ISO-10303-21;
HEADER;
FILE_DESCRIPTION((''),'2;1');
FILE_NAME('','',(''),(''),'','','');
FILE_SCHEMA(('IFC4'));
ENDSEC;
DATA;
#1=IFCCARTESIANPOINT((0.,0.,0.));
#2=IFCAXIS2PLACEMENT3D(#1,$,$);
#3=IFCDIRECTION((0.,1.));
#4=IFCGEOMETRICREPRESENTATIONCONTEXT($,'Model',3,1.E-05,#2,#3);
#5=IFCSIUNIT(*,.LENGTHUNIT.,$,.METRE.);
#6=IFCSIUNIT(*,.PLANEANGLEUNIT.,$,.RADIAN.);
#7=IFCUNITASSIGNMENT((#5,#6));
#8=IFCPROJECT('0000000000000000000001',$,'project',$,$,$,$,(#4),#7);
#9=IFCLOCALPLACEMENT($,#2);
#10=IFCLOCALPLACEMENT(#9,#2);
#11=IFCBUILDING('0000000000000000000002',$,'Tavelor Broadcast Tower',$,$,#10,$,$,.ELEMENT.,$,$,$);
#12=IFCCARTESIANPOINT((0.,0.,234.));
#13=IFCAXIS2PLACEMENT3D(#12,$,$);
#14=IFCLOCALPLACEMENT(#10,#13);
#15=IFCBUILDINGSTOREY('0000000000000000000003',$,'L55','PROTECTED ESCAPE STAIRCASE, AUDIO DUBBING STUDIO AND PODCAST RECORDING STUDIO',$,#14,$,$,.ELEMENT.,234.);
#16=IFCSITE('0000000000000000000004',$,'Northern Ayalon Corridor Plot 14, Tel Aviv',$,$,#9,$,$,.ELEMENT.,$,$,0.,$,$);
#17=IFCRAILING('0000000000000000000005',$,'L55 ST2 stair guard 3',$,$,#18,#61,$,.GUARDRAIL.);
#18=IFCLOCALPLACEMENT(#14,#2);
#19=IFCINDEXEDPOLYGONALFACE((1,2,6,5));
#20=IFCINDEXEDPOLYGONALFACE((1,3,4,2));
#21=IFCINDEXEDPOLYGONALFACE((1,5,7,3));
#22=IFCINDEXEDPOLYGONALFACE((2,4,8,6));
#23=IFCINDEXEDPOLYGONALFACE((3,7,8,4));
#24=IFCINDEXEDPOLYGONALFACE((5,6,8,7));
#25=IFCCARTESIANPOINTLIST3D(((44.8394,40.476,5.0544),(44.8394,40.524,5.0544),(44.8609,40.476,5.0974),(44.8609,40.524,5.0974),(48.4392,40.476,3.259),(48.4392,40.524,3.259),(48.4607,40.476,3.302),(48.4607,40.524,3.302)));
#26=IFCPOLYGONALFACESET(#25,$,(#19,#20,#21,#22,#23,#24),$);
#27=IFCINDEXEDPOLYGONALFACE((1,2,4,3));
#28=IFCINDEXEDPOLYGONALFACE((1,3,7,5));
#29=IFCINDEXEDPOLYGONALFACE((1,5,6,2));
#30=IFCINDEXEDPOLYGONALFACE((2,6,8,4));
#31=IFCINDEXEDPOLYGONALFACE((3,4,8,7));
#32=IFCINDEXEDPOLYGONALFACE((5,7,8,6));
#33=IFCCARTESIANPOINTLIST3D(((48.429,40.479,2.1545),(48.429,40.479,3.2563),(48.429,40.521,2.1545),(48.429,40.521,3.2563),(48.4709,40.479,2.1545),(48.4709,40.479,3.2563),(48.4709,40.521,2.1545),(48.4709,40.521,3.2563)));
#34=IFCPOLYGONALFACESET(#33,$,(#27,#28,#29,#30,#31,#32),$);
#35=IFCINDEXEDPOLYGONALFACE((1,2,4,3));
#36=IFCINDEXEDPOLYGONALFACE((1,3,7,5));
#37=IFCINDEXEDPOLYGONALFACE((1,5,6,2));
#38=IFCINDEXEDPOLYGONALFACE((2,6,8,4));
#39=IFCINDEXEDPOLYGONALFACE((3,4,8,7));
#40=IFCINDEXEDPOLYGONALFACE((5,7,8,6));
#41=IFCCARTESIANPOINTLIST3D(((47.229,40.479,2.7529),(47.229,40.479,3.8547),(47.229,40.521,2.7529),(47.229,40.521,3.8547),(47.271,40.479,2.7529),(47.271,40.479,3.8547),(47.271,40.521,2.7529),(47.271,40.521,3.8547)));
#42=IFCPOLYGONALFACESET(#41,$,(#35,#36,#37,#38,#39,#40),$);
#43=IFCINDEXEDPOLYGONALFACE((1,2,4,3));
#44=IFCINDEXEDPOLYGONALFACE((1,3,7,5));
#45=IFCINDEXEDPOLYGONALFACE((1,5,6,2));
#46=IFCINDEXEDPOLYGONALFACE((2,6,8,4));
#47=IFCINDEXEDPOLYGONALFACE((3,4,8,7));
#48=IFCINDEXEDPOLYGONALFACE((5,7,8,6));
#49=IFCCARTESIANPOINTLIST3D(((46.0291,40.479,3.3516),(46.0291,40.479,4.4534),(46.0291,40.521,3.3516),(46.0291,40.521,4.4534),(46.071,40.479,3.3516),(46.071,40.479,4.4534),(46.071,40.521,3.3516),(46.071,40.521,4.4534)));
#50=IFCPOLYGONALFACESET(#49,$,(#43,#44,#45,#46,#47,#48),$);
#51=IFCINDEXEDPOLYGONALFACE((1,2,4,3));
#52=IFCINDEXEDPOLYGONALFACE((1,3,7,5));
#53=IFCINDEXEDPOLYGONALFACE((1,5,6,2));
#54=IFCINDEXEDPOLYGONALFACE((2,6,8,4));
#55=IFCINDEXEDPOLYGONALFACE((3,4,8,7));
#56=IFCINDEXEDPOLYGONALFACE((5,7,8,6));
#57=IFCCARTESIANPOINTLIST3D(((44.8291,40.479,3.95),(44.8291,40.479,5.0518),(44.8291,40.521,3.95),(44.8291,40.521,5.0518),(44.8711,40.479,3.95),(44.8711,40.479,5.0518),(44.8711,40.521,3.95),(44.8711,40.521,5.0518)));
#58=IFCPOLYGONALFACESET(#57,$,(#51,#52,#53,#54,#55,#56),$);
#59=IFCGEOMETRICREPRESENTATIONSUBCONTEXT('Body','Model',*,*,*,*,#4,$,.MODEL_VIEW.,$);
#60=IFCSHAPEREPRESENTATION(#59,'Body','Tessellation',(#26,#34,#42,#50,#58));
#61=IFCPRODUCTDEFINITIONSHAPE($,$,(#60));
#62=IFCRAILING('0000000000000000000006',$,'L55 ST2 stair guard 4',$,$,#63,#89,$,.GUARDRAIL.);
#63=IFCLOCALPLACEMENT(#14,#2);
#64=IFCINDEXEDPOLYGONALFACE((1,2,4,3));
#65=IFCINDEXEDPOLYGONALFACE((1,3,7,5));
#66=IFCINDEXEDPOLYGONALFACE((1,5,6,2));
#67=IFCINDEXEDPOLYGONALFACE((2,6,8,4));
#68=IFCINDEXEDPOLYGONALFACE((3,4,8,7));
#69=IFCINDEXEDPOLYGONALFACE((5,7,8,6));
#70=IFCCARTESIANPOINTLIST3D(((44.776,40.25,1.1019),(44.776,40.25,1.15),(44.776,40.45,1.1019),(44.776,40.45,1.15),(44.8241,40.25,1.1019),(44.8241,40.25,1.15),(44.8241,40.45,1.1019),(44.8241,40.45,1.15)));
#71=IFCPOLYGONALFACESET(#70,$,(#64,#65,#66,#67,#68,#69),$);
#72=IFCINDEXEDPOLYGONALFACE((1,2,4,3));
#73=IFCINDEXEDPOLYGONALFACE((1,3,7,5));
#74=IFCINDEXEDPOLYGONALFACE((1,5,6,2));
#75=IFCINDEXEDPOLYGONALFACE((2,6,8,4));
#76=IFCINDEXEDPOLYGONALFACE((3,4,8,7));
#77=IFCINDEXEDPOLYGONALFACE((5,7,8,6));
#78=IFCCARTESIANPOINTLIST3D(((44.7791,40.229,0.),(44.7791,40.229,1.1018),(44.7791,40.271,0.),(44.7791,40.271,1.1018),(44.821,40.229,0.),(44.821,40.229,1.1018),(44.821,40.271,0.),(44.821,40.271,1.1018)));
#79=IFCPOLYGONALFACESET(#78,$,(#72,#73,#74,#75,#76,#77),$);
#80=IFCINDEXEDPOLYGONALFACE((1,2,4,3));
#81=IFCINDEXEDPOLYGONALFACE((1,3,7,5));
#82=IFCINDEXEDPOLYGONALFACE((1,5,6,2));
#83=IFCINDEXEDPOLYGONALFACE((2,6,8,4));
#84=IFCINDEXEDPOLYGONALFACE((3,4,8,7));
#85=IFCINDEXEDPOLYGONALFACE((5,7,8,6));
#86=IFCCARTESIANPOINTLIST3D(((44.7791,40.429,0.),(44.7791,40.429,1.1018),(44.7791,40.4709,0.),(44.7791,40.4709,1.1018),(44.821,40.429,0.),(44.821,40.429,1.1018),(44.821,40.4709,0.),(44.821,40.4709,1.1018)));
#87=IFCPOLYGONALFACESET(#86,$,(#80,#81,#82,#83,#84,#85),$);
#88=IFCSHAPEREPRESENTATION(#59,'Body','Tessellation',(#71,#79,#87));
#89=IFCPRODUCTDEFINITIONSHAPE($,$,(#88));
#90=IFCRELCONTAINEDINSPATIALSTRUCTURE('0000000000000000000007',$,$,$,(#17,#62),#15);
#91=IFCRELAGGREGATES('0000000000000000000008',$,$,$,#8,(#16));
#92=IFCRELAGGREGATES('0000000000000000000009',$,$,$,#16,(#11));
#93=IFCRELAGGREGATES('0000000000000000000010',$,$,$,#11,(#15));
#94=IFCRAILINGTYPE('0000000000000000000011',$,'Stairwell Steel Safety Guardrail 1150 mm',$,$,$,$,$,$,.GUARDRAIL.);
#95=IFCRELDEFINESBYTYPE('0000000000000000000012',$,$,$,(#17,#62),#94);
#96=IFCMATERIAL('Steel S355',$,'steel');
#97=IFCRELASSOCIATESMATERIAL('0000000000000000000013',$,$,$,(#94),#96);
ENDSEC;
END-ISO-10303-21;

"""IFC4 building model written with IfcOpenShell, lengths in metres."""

from ifc_helpers import new_model, si_unit, direction, frame, origin, origin_2d, place, context, subcontext, project, spatial, rectangle, extrude, material, type_object, element, save


model = new_model("IFC4")

# Units and contexts
model_context = context("Model", 3, precision=1e-05, world=origin(), true_north=direction((0.0, 1.0)))
body_context = subcontext(model_context, "Body", "Model", "MODEL_VIEW")
ifc_project = project(units=[si_unit("LENGTHUNIT", "METRE"), si_unit("PLANEANGLEUNIT", "RADIAN")], contexts=[model_context])

# Site, building, storey
site_placement = place(None, origin())
site = spatial("IfcSite", under=ifc_project, at=site_placement, Name="Northern Ayalon Corridor Plot 14, Tel Aviv", CompositionType="ELEMENT", RefElevation=0.0)
building_placement = place(site_placement, origin())
building = spatial("IfcBuilding", under=site, at=building_placement, Name="Tavelor Broadcast Tower", CompositionType="ELEMENT")
storey_placement = place(building_placement, frame((0.0, 0.0, 234.0)))
storey = spatial("IfcBuildingStorey", under=building, at=storey_placement, Name="L55", Description="PROTECTED ESCAPE STAIRCASE, AUDIO DUBBING STUDIO AND PODCAST RECORDING STUDIO", CompositionType="ELEMENT", Elevation=234.0)

# Shared definitions
ifc_material_1 = material(Name="Steel S355", Category="steel")

# Railings
railing_type_1 = type_object("IfcRailingType", Name="Stairwell Steel Safety Guardrail 1150 mm", PredefinedType="GUARDRAIL", material=ifc_material_1)
railing_1_placement = place(storey_placement, frame((48.45, 40.5, 2.1545)))
element("IfcRailing", 1, at=railing_1_placement, inside=storey, type_object=railing_type_1, Name="L55 ST2 stair guard 3", PredefinedType="GUARDRAIL", context=body_context, shape_type="SweptSolid", body=[
    extrude(rectangle(XDim=0.0481, YDim=0.0481, at=origin_2d()), frame((0.0, 0.0, 1.126), z_axis=(-0.894876, 0.0, 0.446315), x_axis=(0.0, -1.0, 0.0)), (0.0, 0.0, 1.0), 4.0227),
    extrude(rectangle(XDim=0.042, YDim=0.042, at=origin_2d()), origin(), (0.0, 0.0, 1.0), 1.1018),
    extrude(rectangle(XDim=0.042, YDim=0.042, at=origin_2d()), frame((-1.2, 0.0, 0.5984)), (0.0, 0.0, 1.0), 1.1018),
    extrude(rectangle(XDim=0.042, YDim=0.042, at=origin_2d()), frame((-2.3999, 0.0, 1.197)), (0.0, 0.0, 1.0), 1.1018),
    extrude(rectangle(XDim=0.042, YDim=0.042, at=origin_2d()), frame((-3.5999, 0.0, 1.7954)), (0.0, 0.0, 1.0), 1.1018),
])
railing_2_placement = place(storey_placement, frame((44.8, 40.25, 0.0)))
element("IfcRailing", 2, at=railing_2_placement, inside=storey, type_object=railing_type_1, Name="L55 ST2 stair guard 4", PredefinedType="GUARDRAIL", context=body_context, shape_type="SweptSolid", body=[
    extrude(rectangle(XDim=0.0481, YDim=0.0481, at=origin_2d()), frame((0.0, 0.0, 1.126), z_axis=(0.0, 1.0, 0.0), x_axis=(-1.0, 0.0, 0.0)), (0.0, 0.0, 1.0), 0.2),
    extrude(rectangle(XDim=0.042, YDim=0.042, at=origin_2d()), origin(), (0.0, 0.0, 1.0), 1.1018),
    extrude(rectangle(XDim=0.042, YDim=0.042, at=origin_2d()), frame((0.0, 0.2, 0.0)), (0.0, 0.0, 1.0), 1.1018),
])

save(model, "model.ifc")
